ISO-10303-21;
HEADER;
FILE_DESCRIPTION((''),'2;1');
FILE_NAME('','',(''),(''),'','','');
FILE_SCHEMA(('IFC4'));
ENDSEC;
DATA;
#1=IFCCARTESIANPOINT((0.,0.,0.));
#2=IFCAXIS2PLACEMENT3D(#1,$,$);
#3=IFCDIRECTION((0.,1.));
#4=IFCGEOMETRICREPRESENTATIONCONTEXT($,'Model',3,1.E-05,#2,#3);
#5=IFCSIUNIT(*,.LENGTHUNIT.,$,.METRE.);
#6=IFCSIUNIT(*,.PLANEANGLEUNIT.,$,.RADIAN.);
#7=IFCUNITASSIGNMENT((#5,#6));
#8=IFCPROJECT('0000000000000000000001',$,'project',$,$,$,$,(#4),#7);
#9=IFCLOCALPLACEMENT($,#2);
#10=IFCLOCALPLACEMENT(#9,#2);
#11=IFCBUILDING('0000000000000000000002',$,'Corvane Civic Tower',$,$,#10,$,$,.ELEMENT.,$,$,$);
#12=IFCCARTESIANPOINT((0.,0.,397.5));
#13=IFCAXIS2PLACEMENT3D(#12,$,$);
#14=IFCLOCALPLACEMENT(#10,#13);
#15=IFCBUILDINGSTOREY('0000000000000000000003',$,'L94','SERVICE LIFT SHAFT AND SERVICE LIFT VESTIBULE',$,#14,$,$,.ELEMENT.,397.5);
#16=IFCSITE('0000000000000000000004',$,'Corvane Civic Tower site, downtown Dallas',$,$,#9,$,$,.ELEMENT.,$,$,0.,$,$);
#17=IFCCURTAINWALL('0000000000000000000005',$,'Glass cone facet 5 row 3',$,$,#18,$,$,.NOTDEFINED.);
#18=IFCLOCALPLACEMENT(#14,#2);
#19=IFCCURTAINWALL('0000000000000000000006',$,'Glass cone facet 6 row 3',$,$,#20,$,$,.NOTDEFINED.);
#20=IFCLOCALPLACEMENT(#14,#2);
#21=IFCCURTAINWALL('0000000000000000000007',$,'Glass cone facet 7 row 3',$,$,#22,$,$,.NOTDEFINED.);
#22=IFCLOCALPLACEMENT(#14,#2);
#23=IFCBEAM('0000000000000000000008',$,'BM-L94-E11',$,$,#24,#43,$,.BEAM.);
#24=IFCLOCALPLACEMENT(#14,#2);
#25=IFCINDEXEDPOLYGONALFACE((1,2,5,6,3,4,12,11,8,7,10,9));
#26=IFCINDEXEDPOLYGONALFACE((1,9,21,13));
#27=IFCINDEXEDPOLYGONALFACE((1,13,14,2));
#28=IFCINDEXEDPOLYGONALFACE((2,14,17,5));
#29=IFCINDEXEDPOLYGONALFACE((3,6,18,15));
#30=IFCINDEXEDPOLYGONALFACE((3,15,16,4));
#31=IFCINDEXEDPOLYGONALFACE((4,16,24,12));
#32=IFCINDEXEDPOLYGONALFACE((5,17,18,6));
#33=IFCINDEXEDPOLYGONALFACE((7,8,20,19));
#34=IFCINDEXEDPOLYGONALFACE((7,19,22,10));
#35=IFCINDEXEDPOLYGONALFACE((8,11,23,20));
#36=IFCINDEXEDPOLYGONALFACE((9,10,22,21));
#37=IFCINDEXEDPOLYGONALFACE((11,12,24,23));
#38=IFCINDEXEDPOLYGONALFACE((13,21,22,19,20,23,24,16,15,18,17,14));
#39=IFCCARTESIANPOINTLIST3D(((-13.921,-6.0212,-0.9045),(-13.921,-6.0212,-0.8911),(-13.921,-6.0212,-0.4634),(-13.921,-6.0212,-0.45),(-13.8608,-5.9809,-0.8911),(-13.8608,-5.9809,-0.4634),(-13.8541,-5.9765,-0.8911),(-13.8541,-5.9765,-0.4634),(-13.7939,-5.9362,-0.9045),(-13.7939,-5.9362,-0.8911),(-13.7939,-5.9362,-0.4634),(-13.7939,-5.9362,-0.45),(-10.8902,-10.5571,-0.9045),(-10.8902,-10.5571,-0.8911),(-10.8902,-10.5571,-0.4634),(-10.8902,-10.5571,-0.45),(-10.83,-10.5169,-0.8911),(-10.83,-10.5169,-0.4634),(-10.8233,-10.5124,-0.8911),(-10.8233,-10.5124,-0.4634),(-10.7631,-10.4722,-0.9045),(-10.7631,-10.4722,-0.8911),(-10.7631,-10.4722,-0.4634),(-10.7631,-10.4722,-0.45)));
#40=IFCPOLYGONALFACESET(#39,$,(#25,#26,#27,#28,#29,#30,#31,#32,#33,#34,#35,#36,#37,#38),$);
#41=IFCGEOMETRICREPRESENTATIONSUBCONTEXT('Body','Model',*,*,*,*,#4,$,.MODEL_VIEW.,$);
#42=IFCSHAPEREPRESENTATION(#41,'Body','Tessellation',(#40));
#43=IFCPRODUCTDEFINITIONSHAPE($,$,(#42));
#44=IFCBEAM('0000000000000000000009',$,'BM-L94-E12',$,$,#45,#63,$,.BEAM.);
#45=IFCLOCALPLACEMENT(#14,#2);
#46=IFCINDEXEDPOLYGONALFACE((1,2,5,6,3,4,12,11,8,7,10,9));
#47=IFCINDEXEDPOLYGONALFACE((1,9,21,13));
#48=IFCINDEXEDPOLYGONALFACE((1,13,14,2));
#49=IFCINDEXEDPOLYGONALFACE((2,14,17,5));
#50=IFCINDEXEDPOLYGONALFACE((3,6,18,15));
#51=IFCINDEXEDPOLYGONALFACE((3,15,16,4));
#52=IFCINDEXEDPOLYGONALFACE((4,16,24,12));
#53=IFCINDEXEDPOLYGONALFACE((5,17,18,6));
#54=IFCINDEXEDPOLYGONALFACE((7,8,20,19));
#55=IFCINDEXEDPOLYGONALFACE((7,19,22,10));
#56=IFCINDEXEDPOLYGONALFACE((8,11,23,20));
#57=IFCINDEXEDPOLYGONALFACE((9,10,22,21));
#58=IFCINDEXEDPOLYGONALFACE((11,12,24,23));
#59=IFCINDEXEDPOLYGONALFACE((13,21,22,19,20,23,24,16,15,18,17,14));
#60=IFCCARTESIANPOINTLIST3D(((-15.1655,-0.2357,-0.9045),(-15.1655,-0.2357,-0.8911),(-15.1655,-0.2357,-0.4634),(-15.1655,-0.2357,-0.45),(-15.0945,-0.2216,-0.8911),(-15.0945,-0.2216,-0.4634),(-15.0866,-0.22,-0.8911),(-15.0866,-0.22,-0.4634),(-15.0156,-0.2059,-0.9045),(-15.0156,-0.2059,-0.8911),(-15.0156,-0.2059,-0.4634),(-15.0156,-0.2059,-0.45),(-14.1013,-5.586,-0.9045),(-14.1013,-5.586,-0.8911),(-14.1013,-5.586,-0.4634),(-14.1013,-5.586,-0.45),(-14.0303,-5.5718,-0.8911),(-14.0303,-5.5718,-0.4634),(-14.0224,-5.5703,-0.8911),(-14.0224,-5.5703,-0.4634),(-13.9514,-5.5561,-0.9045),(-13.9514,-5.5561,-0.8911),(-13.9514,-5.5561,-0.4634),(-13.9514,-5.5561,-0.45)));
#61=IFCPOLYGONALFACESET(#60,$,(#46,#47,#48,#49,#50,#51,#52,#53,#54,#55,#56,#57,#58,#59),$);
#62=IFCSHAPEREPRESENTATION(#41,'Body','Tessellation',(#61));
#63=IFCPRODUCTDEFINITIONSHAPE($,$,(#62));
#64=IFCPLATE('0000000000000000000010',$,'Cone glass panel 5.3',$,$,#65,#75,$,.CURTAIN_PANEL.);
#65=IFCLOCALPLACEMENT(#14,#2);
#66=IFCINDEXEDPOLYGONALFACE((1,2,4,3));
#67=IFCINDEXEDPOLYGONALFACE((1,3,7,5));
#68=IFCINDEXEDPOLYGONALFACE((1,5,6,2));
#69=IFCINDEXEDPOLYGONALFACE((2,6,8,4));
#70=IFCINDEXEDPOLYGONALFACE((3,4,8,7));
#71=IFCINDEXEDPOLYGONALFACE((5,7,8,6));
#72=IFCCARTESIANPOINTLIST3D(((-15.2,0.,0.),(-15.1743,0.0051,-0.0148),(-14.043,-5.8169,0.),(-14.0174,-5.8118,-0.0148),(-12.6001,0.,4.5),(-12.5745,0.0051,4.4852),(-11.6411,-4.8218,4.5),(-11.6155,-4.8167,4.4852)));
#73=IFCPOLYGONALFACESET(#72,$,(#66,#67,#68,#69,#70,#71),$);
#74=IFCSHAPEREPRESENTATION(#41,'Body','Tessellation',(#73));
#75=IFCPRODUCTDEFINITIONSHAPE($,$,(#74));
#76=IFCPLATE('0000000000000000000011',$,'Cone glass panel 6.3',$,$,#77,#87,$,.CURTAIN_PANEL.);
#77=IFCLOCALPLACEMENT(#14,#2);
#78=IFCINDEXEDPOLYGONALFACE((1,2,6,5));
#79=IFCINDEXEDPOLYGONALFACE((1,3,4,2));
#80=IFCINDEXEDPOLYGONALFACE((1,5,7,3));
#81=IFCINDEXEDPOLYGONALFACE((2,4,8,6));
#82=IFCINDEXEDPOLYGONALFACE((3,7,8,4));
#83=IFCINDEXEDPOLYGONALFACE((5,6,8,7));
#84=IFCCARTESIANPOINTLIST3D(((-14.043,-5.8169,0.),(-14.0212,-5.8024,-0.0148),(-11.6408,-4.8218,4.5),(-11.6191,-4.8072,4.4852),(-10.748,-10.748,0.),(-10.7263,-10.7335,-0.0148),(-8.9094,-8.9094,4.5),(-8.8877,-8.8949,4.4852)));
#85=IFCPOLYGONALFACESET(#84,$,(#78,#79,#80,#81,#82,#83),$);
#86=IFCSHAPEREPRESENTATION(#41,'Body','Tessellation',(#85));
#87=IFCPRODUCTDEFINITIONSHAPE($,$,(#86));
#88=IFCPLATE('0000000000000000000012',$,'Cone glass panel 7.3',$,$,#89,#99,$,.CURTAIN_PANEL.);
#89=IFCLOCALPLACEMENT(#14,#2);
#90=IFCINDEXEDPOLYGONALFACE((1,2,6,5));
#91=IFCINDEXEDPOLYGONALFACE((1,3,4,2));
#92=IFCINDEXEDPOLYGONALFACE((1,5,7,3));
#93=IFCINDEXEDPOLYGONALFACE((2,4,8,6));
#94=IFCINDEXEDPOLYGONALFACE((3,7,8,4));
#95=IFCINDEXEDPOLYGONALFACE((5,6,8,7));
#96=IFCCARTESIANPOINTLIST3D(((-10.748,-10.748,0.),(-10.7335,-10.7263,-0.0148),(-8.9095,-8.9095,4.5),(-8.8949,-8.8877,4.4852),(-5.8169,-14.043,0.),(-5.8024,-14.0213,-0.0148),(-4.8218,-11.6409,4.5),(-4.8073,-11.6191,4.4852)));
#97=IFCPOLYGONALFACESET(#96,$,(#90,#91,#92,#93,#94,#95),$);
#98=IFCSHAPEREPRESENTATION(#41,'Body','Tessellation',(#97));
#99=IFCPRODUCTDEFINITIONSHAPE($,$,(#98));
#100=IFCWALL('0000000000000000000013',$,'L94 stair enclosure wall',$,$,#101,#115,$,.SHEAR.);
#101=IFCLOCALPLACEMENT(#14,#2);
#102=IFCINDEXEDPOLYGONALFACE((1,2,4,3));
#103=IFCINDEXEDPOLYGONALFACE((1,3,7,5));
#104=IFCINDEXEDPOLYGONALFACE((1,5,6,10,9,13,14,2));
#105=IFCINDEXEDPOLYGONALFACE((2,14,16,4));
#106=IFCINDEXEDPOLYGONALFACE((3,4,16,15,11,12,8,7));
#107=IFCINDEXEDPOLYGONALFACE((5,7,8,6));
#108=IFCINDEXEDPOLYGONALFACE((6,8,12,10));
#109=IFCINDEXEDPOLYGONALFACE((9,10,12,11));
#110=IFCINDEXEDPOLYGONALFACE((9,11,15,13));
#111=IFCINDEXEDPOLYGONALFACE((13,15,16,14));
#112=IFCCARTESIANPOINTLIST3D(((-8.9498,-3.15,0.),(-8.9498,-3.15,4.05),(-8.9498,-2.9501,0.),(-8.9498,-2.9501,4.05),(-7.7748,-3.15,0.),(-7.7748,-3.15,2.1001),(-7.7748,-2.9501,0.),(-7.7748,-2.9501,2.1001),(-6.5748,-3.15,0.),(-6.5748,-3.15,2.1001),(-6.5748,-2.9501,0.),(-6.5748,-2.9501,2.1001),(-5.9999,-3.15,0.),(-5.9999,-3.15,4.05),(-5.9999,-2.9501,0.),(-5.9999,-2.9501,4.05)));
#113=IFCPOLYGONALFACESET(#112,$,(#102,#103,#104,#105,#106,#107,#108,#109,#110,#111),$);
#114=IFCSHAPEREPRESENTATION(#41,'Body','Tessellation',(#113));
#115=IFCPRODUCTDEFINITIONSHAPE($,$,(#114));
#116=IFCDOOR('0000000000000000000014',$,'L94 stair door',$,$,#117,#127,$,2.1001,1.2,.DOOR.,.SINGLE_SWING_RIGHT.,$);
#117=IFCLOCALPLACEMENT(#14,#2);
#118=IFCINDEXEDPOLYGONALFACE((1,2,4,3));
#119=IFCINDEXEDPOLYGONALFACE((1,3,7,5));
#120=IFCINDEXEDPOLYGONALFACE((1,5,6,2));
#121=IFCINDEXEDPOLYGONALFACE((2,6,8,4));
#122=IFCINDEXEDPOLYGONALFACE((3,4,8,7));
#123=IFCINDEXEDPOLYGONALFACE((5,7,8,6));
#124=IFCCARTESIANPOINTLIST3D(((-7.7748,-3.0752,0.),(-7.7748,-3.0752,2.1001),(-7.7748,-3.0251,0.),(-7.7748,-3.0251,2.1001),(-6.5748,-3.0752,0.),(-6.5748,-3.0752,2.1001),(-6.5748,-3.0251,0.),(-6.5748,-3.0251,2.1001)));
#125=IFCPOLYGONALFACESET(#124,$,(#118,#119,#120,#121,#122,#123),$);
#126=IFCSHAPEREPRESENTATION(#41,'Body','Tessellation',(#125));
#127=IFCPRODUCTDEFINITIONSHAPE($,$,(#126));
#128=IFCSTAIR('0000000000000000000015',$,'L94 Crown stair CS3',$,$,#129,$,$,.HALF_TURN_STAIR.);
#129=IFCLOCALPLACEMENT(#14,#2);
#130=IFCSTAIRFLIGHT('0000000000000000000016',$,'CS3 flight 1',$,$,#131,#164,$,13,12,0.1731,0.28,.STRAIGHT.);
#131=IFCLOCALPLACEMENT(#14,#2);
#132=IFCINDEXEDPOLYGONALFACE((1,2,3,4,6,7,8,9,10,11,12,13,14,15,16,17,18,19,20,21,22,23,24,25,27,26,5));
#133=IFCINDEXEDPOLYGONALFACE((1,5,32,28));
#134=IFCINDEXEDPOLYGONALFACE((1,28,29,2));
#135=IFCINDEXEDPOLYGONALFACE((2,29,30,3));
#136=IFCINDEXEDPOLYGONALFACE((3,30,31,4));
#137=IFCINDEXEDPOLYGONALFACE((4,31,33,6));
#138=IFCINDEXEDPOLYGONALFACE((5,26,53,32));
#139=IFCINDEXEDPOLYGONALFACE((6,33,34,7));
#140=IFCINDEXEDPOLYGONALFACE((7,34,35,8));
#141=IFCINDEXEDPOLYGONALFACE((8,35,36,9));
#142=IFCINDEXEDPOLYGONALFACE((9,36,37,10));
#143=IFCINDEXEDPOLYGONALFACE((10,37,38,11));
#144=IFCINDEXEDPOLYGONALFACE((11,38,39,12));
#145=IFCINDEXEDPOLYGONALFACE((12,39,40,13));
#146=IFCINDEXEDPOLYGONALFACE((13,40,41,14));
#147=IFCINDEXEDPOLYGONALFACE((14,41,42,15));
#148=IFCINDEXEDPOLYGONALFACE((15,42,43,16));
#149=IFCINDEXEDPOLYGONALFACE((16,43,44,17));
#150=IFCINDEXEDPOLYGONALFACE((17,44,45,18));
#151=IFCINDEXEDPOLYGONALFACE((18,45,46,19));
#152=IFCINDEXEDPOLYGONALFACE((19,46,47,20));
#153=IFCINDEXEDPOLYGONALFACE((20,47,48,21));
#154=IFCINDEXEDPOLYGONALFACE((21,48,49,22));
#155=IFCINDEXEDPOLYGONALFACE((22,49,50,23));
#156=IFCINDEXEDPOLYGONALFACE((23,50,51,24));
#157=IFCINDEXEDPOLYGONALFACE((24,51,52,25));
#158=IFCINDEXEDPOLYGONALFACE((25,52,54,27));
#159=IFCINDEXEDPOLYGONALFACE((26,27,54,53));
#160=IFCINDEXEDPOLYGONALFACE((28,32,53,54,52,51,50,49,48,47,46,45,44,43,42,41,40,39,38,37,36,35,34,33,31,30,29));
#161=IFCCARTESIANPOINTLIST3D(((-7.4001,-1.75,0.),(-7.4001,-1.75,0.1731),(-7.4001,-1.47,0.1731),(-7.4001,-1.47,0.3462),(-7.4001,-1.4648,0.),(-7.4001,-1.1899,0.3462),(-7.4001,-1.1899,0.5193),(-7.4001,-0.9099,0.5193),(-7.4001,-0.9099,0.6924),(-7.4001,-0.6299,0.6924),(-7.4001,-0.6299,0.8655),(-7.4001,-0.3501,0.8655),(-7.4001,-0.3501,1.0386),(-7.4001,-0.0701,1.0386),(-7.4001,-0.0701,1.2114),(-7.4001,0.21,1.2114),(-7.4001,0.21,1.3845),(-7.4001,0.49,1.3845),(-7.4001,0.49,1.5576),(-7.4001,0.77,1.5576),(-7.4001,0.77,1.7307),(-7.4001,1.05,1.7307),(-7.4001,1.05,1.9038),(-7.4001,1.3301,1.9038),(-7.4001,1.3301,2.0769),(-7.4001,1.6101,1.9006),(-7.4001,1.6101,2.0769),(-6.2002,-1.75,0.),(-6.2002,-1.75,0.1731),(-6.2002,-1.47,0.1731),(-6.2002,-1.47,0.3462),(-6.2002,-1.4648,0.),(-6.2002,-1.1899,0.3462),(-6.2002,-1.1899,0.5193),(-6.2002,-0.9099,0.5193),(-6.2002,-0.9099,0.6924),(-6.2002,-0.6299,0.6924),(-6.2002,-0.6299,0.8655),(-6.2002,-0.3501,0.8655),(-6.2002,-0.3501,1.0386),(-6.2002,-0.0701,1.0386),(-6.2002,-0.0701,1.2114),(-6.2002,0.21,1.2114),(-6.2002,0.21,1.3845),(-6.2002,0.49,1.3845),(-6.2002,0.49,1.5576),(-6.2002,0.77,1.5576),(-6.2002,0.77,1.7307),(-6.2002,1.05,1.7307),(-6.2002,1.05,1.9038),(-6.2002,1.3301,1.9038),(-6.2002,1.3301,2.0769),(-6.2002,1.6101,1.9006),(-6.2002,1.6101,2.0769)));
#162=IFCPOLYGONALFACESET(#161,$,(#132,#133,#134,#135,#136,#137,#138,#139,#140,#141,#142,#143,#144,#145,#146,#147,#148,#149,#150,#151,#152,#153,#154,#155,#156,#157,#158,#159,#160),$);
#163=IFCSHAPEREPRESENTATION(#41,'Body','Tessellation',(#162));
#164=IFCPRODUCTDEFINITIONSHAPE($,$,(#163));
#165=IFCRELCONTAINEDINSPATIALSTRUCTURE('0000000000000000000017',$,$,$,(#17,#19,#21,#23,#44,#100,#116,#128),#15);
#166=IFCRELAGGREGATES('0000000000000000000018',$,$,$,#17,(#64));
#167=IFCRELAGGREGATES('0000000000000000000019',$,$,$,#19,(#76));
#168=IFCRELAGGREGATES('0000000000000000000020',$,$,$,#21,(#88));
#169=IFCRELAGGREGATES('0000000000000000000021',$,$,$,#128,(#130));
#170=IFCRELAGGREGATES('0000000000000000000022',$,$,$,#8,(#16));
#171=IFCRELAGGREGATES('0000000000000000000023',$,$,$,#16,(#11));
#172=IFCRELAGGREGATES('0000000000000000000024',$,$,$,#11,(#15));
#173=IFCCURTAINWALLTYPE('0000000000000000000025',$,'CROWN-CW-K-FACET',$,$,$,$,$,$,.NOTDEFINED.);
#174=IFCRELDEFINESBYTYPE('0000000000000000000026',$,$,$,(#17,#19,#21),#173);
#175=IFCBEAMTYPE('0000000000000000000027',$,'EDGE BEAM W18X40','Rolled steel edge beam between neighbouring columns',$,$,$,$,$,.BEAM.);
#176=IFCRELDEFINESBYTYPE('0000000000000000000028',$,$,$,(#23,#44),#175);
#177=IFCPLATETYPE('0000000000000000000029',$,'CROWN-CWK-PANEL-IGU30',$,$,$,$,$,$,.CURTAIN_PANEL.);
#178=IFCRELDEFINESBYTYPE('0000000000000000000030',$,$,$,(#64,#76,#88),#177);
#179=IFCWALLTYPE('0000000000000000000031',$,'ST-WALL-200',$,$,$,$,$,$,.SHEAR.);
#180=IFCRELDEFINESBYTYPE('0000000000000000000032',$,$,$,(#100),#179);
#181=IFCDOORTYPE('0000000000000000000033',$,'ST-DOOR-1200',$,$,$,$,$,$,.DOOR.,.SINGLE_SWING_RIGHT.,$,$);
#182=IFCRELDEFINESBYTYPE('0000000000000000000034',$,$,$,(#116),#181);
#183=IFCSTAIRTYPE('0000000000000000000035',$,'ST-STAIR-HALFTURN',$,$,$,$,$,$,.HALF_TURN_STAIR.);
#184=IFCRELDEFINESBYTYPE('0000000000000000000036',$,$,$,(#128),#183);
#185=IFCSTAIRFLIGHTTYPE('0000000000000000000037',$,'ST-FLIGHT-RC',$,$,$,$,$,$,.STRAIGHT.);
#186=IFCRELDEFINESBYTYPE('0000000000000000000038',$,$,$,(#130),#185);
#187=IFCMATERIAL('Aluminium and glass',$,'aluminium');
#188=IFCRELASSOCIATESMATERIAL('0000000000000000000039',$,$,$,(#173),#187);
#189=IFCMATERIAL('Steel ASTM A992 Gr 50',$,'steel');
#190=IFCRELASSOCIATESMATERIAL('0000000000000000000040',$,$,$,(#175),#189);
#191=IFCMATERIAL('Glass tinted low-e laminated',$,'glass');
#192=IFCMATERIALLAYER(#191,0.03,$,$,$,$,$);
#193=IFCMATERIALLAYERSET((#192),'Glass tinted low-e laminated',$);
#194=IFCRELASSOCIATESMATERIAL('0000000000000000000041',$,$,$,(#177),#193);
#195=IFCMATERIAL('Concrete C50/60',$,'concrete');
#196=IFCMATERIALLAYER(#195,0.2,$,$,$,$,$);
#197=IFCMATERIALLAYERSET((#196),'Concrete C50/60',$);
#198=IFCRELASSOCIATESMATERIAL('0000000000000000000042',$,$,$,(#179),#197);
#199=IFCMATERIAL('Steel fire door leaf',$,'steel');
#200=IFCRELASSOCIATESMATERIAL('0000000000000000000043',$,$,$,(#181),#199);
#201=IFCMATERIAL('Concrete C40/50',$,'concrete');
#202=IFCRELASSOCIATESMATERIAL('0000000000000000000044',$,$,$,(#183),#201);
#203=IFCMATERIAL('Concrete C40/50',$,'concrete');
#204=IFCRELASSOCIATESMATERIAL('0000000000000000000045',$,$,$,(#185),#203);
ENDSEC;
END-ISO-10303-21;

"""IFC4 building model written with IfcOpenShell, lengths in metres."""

from ifc_helpers import new_model, si_unit, direction, frame, frame_2d, origin, origin_2d, place, context, subcontext, project, spatial, polyline, rectangle, i_section, outline, extrude, material, layer, layer_set, material_profile, profile_set, type_object, element, fill, aggregate, save


model = new_model("IFC4")

# Units and contexts
model_context = context("Model", 3, precision=1e-05, world=origin(), true_north=direction((0.0, 1.0)))
body_context = subcontext(model_context, "Body", "Model", "MODEL_VIEW")
ifc_project = project(units=[si_unit("LENGTHUNIT", "METRE"), si_unit("PLANEANGLEUNIT", "RADIAN")], contexts=[model_context])

# Site, building, storey
site_placement = place(None, origin())
site = spatial("IfcSite", under=ifc_project, at=site_placement, Name="Corvane Civic Tower site, downtown Dallas", CompositionType="ELEMENT", RefElevation=0.0)
building_placement = place(site_placement, origin())
building = spatial("IfcBuilding", under=site, at=building_placement, Name="Corvane Civic Tower", CompositionType="ELEMENT")
storey_placement = place(building_placement, frame((0.0, 0.0, 397.5)))
storey = spatial("IfcBuildingStorey", under=building, at=storey_placement, Name="L94", Description="SERVICE LIFT SHAFT AND SERVICE LIFT VESTIBULE", CompositionType="ELEMENT", Elevation=397.5)

# Curtain walls
ifc_material_1 = material(Name="Aluminium and glass", Category="aluminium")
curtain_wall_type = type_object("IfcCurtainWallType", Name="CROWN-CW-K-FACET", PredefinedType="NOTDEFINED", material=ifc_material_1)
curtain_wall_1_placement = place(storey_placement, origin())
curtain_wall_1 = element("IfcCurtainWall", 1, at=curtain_wall_1_placement, inside=storey, type_object=curtain_wall_type, Name="Glass cone facet 5 row 3", PredefinedType="NOTDEFINED")
curtain_wall_2_placement = place(storey_placement, origin())
curtain_wall_2 = element("IfcCurtainWall", 2, at=curtain_wall_2_placement, inside=storey, type_object=curtain_wall_type, Name="Glass cone facet 6 row 3", PredefinedType="NOTDEFINED")

# Curtain wall
curtain_wall_3_placement = place(storey_placement, origin())
curtain_wall_3 = element("IfcCurtainWall", 3, at=curtain_wall_3_placement, inside=storey, type_object=curtain_wall_type, Name="Glass cone facet 7 row 3", PredefinedType="NOTDEFINED")

# Beams
ifc_material_2 = material(Name="Steel ASTM A992 Gr 50", Category="steel")
ifc_material_profile_1 = material_profile(ifc_material_2, i_section(OverallWidth=0.1528, OverallDepth=0.4546, WebThickness=0.0081, FlangeThickness=0.0134, at=origin_2d()), Name="W18X40")
ifc_profile_set_1 = profile_set([ifc_material_profile_1], Name="Steel ASTM A992 Gr 50")
beam_type = type_object("IfcBeamType", Name="EDGE BEAM W18X40", Description="Rolled steel edge beam between neighbouring columns", PredefinedType="BEAM", material=ifc_profile_set_1)
beam_1_placement = place(storey_placement, frame((-10.8267, -10.5146, -0.6772), z_axis=(-0.555567, 0.831471, 0.0), x_axis=(-0.831471, -0.555567, 0.0)))
element("IfcBeam", 4, at=beam_1_placement, inside=storey, type_object=beam_type, Name="BM-L94-E11", PredefinedType="BEAM", context=body_context, shape_type="SweptSolid", body=[
    extrude(i_section(OverallWidth=0.1528, OverallDepth=0.4546, WebThickness=0.0081, FlangeThickness=0.0134, at=origin_2d()), origin(), (0.0, 0.0, 1.0), 5.4553),
])
beam_2_placement = place(storey_placement, frame((-14.0264, -5.571, -0.6772), z_axis=(-0.195083, 0.980787, 0.0), x_axis=(-0.980787, -0.195083, 0.0)))
element("IfcBeam", 5, at=beam_2_placement, inside=storey, type_object=beam_type, Name="BM-L94-E12", PredefinedType="BEAM", context=body_context, shape_type="SweptSolid", body=[
    extrude(i_section(OverallWidth=0.1528, OverallDepth=0.4546, WebThickness=0.0081, FlangeThickness=0.0134, at=origin_2d()), origin(), (0.0, 0.0, 1.0), 5.4551),
])

# Plates
ifc_material_3 = material(Name="Glass tinted low-e laminated", Category="glass")
ifc_layer_1 = layer(ifc_material_3, 0.03)
ifc_layer_set_1 = layer_set([ifc_layer_1], Name="Glass tinted low-e laminated")
plate_type = type_object("IfcPlateType", Name="CROWN-CWK-PANEL-IGU30", PredefinedType="CURTAIN_PANEL", material=ifc_layer_set_1)
plate_1_placement = place(storey_placement, frame((-15.2, 0.0, 0.0), z_axis=(-0.853319, -0.16972, 0.492994), x_axis=(0.195074, -0.980788, 0.000003)))
plate_1 = element("IfcPlate", 6, at=plate_1_placement, type_object=plate_type, Name="Cone glass panel 5.3", PredefinedType="CURTAIN_PANEL", context=body_context, shape_type="SweptSolid", body=[
    extrude(outline(polyline([(0.0, 0.0), (5.9308, 0.0), (5.4234, 5.1722), (0.5072, 5.1722), (0.0, 0.0)])), origin(), (0.0, 0.0, -1.0), 0.03),
])
aggregate(curtain_wall_1, [plate_1])
plate_2_placement = place(storey_placement, frame((-14.043, -5.8169, 0.0), z_axis=(-0.723377, -0.483361, 0.49304), x_axis=(0.555581, -0.831463, -0.000005)))
plate_2 = element("IfcPlate", 7, at=plate_2_placement, type_object=plate_type, Name="Cone glass panel 6.3", PredefinedType="CURTAIN_PANEL", context=body_context, shape_type="SweptSolid", body=[
    extrude(outline(polyline([(0.0, 0.0), (5.9307, 0.0), (5.4234, 5.1724), (0.5071, 5.1723), (0.0, 0.0)])), origin(), (0.0, 0.0, -1.0), 0.03),
])
aggregate(curtain_wall_2, [plate_2])
plate_3_placement = place(storey_placement, frame((-10.748, -10.748, 0.0), z_axis=(-0.483361, -0.723377, 0.49304), x_axis=(0.831463, -0.555581, 0.000005)))
plate_3 = element("IfcPlate", 8, at=plate_3_placement, type_object=plate_type, Name="Cone glass panel 7.3", PredefinedType="CURTAIN_PANEL", context=body_context, shape_type="SweptSolid", body=[
    extrude(outline(polyline([(0.0, 0.0), (5.9307, 0.0), (5.4235, 5.1723), (0.5073, 5.1724), (0.0, 0.0)])), origin(), (0.0, 0.0, -1.0), 0.03),
])
aggregate(curtain_wall_3, [plate_3])

# Wall, opening, door
ifc_material_4 = material(Name="Concrete C50/60", Category="concrete")
ifc_layer_2 = layer(ifc_material_4, 0.2)
ifc_layer_set_2 = layer_set([ifc_layer_2], Name="Concrete C50/60")
wall_type = type_object("IfcWallType", Name="ST-WALL-200", PredefinedType="SHEAR", material=ifc_layer_set_2)
wall_placement = place(storey_placement, frame((-8.95, -3.05, 0.0), z_axis=(0.0, 0.0, 1.0), x_axis=(1.0, 0.0, 0.0)))
wall = element("IfcWall", 9, at=wall_placement, inside=storey, type_object=wall_type, Name="L94 stair enclosure wall", PredefinedType="SHEAR", context=body_context, shape_type="SweptSolid", body=[
    extrude(rectangle(XDim=2.95, YDim=0.2, at=frame_2d((1.4751, 0.0))), origin(), (0.0, 0.0, 1.0), 4.05),
])
opening_placement = place(wall_placement, frame((1.175, 0.0, 0.0)))
opening = element("IfcOpeningElement", 10, at=opening_placement, cuts=wall, PredefinedType="OPENING", context=body_context, shape_type="SweptSolid", body=[
    extrude(rectangle(XDim=1.2, YDim=2.1001, at=frame_2d((0.6001, 1.05))), frame((0.0, 0.1099, 0.0), z_axis=(0.0, -1.0, 0.0), x_axis=(1.0, 0.0, 0.0)), (0.0, 0.0, 1.0), 0.22),
])
ifc_material_5 = material(Name="Steel fire door leaf", Category="steel")
door_type = type_object("IfcDoorType", Name="ST-DOOR-1200", OperationType="SINGLE_SWING_RIGHT", PredefinedType="DOOR", material=ifc_material_5)
door_placement = place(opening_placement, origin())
door = element("IfcDoor", 11, at=door_placement, inside=storey, type_object=door_type, Name="L94 stair door", OperationType="SINGLE_SWING_RIGHT", OverallHeight=2.1001, OverallWidth=1.2, PredefinedType="DOOR", context=body_context, shape_type="SweptSolid", body=[
    extrude(rectangle(XDim=1.2, YDim=2.1001, at=frame_2d((0.6001, 1.05))), frame((0.0, 0.0249, 0.0), z_axis=(0.0, -1.0, 0.0), x_axis=(1.0, 0.0, 0.0)), (0.0, 0.0, 1.0), 0.05),
])
fill(opening, door)

# Stair, stair flight
ifc_material_6 = material(Name="Concrete C40/50", Category="concrete")
stair_type = type_object("IfcStairType", Name="ST-STAIR-HALFTURN", PredefinedType="HALF_TURN_STAIR", material=ifc_material_6)
stair_placement = place(storey_placement, origin())
stair = element("IfcStair", 12, at=stair_placement, inside=storey, type_object=stair_type, Name="L94 Crown stair CS3", PredefinedType="HALF_TURN_STAIR")
ifc_material_7 = material(Name="Concrete C40/50", Category="concrete")
stair_flight_type = type_object("IfcStairFlightType", Name="ST-FLIGHT-RC", PredefinedType="STRAIGHT", material=ifc_material_7)
stair_flight_placement = place(storey_placement, frame((-6.8, -1.75, 0.0), z_axis=(0.0, 0.0, 1.0), x_axis=(0.0, 1.0, 0.0)))
stair_flight = element("IfcStairFlight", 13, at=stair_flight_placement, type_object=stair_flight_type, Name="CS3 flight 1", NumberOfRisers=13, NumberOfTreads=12, PredefinedType="STRAIGHT", RiserHeight=0.1731, TreadLength=0.28, context=body_context, shape_type="SweptSolid", body=[
    extrude(outline(polyline([(0.0, 0.0), (0.0, 0.1731), (0.28, 0.1731), (0.28, 0.3462), (0.5601, 0.3462), (0.5601, 0.5193), (0.8401, 0.5193), (0.8401, 0.6924), (1.1201, 0.6924), (1.1201, 0.8655), (1.3999, 0.8655), (1.3999, 1.0386), (1.6799, 1.0386), (1.6799, 1.2114), (1.96, 1.2114), (1.96, 1.3845), (2.24, 1.3845), (2.24, 1.5576), (2.52, 1.5576), (2.52, 1.7307), (2.8, 1.7307), (2.8, 1.9038), (3.0801, 1.9038), (3.0801, 2.0769), (3.3601, 2.0769), (3.3601, 2.25), (3.3601, 1.9006), (0.2852, 0.0), (0.0, 0.0)])), frame((0.0, 0.6001, 0.0), z_axis=(0.0, -1.0, 0.0), x_axis=(1.0, 0.0, 0.0)), (0.0, 0.0, 1.0), 1.2),
])
aggregate(stair, [stair_flight])

save(model, "model.ifc")
